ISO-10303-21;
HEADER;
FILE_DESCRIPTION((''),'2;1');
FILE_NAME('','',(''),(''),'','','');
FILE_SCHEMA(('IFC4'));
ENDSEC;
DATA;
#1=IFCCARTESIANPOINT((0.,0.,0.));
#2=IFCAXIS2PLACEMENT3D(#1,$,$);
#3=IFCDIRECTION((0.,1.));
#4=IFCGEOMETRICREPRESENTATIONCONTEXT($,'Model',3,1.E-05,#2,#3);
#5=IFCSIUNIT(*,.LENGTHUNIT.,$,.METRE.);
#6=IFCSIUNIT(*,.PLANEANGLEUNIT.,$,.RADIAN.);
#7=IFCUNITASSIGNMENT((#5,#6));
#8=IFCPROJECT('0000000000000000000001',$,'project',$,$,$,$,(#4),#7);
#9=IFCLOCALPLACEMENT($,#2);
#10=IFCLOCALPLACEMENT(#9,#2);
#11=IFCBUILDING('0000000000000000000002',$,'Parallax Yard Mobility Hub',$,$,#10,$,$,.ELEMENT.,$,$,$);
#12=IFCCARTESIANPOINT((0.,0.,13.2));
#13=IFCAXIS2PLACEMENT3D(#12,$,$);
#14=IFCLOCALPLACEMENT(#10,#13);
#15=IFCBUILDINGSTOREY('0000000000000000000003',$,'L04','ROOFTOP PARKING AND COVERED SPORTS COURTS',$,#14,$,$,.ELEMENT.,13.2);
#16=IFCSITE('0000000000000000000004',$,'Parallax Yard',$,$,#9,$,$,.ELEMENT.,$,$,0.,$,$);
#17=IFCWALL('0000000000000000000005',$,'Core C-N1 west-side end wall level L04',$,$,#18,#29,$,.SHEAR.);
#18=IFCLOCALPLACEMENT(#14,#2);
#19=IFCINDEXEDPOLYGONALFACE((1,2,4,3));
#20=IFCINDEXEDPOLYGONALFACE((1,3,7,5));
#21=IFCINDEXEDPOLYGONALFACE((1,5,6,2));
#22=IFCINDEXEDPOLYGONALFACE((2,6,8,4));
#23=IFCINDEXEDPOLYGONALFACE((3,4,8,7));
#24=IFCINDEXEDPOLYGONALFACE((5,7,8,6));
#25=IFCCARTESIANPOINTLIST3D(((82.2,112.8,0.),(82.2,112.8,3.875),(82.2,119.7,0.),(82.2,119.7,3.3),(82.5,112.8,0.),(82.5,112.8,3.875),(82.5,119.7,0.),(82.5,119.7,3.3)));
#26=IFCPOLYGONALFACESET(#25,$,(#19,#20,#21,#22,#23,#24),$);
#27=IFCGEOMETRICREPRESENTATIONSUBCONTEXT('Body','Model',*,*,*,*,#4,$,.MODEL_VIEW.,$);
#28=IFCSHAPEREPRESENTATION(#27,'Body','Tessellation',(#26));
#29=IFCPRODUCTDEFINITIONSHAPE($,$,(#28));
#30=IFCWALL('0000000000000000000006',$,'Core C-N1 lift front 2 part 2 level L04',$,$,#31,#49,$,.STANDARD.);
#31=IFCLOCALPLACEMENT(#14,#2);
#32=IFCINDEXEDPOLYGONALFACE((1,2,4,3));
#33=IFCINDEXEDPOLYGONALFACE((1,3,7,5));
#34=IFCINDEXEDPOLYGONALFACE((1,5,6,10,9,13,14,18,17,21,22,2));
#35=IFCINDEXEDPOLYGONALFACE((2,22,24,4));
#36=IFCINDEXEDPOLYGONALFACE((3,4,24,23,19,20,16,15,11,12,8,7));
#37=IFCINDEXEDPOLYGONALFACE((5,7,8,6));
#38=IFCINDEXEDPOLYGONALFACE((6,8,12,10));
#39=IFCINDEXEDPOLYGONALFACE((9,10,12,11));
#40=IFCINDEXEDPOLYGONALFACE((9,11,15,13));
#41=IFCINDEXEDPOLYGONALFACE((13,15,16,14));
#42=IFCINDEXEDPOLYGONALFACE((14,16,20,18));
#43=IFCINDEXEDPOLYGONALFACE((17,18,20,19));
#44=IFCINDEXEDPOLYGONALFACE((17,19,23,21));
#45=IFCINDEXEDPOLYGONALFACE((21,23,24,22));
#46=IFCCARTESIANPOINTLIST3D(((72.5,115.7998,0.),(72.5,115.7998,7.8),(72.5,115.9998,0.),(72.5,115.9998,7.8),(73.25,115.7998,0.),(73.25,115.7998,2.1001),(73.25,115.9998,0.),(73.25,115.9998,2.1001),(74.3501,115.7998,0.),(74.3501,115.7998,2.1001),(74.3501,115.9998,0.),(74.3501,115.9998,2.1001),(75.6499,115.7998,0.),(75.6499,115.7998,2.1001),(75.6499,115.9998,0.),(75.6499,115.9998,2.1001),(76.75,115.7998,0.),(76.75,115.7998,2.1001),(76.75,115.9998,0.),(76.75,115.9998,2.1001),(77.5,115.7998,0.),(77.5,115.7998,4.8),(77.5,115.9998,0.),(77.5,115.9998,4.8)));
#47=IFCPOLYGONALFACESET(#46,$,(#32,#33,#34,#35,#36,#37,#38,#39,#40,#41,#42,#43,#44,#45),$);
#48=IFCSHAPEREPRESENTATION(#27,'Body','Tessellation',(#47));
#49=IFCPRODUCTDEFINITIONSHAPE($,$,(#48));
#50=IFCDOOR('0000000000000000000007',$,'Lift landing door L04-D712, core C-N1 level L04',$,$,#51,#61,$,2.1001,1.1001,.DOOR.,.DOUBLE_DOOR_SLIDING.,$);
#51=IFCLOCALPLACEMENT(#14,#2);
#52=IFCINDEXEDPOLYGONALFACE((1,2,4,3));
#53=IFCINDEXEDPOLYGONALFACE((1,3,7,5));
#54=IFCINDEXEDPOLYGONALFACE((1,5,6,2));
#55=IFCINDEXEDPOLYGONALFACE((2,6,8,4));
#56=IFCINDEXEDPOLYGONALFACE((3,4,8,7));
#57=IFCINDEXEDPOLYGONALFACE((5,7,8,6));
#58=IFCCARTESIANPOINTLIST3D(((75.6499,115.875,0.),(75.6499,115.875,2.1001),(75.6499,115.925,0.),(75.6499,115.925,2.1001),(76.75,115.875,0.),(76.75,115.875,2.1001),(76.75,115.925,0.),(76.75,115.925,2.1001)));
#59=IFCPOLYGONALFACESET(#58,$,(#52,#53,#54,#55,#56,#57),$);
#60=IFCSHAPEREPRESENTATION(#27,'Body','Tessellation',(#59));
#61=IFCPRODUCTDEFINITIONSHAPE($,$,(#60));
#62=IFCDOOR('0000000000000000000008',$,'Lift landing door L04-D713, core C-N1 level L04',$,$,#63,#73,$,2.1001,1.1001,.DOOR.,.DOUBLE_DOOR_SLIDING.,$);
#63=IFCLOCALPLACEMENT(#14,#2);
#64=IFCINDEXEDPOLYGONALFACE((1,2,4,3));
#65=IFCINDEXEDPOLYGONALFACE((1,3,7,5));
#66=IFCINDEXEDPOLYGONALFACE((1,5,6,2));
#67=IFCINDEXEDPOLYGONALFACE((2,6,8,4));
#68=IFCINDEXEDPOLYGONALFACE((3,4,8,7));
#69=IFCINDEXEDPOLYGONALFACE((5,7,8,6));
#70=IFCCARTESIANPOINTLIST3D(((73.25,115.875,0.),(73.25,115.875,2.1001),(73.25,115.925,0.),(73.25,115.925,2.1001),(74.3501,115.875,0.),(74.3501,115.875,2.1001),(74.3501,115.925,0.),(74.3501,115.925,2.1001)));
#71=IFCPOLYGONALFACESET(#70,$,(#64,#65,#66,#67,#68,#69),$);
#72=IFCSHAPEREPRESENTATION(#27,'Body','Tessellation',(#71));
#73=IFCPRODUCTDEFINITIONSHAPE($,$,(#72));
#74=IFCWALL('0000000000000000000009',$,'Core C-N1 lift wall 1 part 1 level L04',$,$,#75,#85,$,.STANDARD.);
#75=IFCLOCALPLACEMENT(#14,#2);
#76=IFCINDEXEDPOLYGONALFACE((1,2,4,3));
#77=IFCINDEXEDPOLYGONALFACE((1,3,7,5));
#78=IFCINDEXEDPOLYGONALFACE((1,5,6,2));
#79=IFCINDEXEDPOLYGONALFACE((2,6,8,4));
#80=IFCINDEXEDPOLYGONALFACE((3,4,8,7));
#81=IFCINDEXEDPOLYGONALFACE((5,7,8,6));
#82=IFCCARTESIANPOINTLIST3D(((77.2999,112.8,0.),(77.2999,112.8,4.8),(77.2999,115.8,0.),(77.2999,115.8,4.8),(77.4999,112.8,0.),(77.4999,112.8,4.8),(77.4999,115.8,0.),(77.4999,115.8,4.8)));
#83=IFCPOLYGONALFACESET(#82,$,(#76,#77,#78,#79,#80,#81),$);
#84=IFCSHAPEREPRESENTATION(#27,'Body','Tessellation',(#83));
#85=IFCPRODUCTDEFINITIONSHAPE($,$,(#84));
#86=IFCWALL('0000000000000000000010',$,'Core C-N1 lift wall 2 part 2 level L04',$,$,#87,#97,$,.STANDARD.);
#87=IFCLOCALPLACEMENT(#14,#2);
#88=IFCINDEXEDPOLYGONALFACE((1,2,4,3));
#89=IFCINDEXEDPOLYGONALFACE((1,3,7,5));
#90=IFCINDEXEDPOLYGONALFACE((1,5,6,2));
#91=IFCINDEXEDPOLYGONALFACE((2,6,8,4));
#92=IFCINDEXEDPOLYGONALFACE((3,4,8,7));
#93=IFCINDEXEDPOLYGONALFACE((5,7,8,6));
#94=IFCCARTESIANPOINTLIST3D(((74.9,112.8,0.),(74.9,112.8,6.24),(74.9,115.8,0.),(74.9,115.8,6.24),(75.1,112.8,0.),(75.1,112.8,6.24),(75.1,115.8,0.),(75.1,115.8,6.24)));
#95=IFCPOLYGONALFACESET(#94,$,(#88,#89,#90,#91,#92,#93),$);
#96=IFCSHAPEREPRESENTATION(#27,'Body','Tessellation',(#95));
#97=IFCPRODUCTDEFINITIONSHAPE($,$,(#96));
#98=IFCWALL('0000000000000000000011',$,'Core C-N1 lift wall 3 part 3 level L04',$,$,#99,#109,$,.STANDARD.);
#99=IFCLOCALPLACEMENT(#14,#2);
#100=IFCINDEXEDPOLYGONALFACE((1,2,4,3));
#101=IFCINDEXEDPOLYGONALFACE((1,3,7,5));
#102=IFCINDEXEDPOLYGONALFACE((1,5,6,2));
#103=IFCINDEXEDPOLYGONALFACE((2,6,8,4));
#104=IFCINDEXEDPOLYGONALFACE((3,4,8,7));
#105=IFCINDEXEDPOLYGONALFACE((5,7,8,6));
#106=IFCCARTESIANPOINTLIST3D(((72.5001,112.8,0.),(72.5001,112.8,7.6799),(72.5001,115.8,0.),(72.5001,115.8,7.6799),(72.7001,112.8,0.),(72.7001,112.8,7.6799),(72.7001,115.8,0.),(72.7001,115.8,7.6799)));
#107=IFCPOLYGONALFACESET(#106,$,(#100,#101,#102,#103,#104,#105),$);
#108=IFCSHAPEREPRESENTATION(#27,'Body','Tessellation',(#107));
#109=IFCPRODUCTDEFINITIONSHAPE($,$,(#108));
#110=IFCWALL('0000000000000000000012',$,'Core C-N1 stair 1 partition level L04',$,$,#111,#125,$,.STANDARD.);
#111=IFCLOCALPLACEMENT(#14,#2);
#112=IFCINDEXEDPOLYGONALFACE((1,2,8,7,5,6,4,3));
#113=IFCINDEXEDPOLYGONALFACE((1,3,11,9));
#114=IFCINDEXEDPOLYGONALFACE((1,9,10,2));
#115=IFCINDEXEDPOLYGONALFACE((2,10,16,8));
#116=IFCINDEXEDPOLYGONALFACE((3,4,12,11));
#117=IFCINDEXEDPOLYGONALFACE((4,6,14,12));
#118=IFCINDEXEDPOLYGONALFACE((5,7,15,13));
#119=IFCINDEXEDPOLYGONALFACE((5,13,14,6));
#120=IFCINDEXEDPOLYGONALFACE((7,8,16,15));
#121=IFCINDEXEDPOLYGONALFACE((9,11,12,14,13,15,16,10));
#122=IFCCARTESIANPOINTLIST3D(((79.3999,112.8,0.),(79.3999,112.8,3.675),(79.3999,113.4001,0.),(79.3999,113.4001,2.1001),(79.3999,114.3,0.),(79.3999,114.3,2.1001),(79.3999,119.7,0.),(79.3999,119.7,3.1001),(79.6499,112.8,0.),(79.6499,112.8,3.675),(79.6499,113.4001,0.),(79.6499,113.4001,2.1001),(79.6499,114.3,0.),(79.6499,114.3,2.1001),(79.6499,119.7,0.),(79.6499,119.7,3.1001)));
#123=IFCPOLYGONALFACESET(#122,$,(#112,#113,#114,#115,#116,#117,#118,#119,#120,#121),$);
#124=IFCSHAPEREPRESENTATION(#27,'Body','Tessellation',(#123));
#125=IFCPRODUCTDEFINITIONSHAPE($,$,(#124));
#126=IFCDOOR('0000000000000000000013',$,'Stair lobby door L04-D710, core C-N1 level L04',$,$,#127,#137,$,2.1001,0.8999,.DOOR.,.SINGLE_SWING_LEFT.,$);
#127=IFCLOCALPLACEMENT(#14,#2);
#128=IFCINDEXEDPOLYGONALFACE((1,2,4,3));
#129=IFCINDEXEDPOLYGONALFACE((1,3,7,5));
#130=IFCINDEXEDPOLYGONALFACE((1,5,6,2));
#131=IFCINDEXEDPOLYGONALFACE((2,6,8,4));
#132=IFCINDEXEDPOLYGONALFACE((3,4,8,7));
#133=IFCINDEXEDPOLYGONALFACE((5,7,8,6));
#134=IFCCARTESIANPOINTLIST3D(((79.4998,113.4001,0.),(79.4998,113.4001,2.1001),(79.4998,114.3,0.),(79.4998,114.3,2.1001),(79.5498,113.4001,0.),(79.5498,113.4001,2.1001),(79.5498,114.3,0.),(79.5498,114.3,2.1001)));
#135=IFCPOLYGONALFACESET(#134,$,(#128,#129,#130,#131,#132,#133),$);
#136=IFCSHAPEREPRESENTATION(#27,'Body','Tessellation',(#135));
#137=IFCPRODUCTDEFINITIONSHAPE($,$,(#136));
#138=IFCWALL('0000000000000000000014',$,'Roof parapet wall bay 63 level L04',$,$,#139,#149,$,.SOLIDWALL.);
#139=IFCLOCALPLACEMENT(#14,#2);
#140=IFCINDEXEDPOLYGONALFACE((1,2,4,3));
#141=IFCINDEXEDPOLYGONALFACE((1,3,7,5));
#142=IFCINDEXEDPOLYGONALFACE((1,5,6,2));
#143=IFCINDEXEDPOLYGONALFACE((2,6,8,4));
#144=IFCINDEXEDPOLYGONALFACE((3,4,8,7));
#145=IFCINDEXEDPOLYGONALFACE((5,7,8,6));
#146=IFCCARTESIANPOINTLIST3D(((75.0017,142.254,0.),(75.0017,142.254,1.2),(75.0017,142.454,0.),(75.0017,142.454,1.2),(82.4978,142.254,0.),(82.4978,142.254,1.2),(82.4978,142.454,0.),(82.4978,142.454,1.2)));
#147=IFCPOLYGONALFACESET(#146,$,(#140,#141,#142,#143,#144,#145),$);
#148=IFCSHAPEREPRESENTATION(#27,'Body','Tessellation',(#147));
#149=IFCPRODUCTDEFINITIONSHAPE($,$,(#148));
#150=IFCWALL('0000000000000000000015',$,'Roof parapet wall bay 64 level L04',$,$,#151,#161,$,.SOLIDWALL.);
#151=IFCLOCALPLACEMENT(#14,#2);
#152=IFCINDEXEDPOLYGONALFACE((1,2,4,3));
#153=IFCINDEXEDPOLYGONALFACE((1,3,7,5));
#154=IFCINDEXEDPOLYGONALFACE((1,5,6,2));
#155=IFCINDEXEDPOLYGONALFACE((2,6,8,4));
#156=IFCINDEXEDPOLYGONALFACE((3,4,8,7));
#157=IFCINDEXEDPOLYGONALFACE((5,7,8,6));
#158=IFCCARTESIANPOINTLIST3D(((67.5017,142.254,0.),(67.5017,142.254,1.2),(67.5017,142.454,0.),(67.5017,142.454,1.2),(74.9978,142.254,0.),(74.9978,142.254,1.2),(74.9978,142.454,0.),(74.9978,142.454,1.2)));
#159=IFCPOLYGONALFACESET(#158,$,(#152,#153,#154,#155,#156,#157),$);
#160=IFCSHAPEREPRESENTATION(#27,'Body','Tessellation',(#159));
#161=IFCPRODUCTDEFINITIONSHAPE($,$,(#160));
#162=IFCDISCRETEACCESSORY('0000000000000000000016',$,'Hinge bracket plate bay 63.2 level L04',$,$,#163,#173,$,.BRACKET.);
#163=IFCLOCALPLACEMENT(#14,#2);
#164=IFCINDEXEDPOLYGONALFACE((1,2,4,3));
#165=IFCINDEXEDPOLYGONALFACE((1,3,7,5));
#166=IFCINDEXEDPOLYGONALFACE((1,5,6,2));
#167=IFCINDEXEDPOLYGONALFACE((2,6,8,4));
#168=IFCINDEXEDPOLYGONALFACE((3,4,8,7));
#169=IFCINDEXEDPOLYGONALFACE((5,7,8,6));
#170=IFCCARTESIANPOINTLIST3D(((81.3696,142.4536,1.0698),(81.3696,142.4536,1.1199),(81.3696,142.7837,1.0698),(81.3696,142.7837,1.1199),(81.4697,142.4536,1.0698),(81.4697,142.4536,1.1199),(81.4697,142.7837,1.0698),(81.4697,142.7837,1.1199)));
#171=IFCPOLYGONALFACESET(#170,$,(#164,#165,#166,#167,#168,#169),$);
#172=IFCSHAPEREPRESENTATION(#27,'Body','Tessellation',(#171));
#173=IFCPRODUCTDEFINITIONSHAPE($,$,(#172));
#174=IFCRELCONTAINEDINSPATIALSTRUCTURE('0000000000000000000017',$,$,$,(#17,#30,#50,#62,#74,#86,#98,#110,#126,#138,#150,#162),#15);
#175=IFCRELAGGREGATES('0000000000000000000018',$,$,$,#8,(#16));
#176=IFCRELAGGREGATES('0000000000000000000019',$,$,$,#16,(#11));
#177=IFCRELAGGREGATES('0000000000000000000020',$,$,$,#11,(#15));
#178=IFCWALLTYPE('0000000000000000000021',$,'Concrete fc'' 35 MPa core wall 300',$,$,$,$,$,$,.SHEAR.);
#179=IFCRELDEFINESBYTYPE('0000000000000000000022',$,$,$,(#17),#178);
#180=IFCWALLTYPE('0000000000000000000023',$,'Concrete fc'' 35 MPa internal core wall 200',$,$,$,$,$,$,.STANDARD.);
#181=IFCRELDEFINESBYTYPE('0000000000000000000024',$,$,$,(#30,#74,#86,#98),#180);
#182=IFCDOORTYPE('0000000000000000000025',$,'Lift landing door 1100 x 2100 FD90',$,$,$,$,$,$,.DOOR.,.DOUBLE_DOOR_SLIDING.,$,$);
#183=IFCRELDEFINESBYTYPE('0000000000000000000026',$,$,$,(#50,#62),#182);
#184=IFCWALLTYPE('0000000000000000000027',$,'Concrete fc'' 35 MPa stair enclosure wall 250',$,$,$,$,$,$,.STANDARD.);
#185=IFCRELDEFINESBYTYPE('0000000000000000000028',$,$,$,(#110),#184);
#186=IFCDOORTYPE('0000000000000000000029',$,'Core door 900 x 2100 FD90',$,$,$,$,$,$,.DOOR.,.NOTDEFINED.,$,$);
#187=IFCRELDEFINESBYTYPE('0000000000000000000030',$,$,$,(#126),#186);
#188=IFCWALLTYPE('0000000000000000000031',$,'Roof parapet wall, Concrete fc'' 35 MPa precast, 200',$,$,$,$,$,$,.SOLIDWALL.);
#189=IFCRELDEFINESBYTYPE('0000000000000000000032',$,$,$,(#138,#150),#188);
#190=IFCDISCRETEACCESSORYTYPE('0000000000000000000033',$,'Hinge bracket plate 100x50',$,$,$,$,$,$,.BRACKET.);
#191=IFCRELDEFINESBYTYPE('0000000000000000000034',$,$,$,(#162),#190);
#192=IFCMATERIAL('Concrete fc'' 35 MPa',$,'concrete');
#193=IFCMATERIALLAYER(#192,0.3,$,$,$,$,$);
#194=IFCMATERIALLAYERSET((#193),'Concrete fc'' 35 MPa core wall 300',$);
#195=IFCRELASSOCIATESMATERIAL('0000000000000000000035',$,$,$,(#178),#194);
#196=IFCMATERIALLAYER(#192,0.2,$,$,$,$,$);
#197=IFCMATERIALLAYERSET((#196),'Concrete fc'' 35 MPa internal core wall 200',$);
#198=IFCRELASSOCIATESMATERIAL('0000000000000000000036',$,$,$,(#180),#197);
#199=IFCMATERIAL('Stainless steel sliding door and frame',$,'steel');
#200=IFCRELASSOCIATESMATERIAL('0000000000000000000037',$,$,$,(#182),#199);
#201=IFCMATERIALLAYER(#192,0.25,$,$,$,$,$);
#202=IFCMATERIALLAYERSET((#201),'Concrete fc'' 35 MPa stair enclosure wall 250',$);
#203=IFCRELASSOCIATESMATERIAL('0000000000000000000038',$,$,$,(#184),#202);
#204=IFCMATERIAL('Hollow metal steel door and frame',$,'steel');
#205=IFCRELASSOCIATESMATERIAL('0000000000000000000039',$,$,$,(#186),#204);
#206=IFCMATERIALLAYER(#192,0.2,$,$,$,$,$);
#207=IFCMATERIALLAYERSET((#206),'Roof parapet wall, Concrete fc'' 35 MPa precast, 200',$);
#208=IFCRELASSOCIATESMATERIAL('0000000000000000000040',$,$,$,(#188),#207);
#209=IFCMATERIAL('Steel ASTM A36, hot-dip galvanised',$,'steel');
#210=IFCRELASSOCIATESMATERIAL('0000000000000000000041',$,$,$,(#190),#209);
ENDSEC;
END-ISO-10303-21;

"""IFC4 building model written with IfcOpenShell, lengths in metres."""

from ifc_helpers import new_model, si_unit, direction, frame, frame_2d, origin, origin_2d, place, context, subcontext, project, spatial, polyline, rectangle, outline, extrude, material, layer, layer_set, type_object, element, fill, save


model = new_model("IFC4")

# Units and contexts
model_context = context("Model", 3, precision=1e-05, world=origin(), true_north=direction((0.0, 1.0)))
body_context = subcontext(model_context, "Body", "Model", "MODEL_VIEW")
ifc_project = project(units=[si_unit("LENGTHUNIT", "METRE"), si_unit("PLANEANGLEUNIT", "RADIAN")], contexts=[model_context])

# Site, building, storey
site_placement = place(None, origin())
site = spatial("IfcSite", under=ifc_project, at=site_placement, Name="Parallax Yard", CompositionType="ELEMENT", RefElevation=0.0)
building_placement = place(site_placement, origin())
building = spatial("IfcBuilding", under=site, at=building_placement, Name="Parallax Yard Mobility Hub", CompositionType="ELEMENT")
storey_placement = place(building_placement, frame((0.0, 0.0, 13.2)))
storey = spatial("IfcBuildingStorey", under=building, at=storey_placement, Name="L04", Description="ROOFTOP PARKING AND COVERED SPORTS COURTS", CompositionType="ELEMENT", Elevation=13.2)

# Wall
ifc_material_1 = material(Name="Concrete fc' 35 MPa", Category="concrete")
ifc_layer_1 = layer(ifc_material_1, 0.3)
ifc_layer_set_1 = layer_set([ifc_layer_1], Name="Concrete fc' 35 MPa core wall 300")
wall_type_1 = type_object("IfcWallType", Name="Concrete fc' 35 MPa core wall 300", PredefinedType="SHEAR", material=ifc_layer_set_1)
wall_1_placement = place(storey_placement, frame((82.3501, 119.7, 0.0), z_axis=(0.0, 0.0, 1.0), x_axis=(0.0, -1.0, 0.0)))
element("IfcWall", 1, at=wall_1_placement, inside=storey, type_object=wall_type_1, Name="Core C-N1 west-side end wall level L04", PredefinedType="SHEAR", context=body_context, shape_type="SweptSolid", body=[
    extrude(outline(polyline([(0.0, 0.0), (6.8999, 0.0), (6.8999, 3.875), (0.0, 3.3), (0.0, 0.0)])), frame((0.0, 0.1499, 0.0), z_axis=(0.0, -1.0, 0.0), x_axis=(1.0, 0.0, 0.0)), (0.0, 0.0, 1.0), 0.3),
])

# Wall, openings, doors
ifc_layer_2 = layer(ifc_material_1, 0.2)
ifc_layer_set_2 = layer_set([ifc_layer_2], Name="Concrete fc' 35 MPa internal core wall 200")
wall_type_2 = type_object("IfcWallType", Name="Concrete fc' 35 MPa internal core wall 200", PredefinedType="STANDARD", material=ifc_layer_set_2)
wall_2_placement = place(storey_placement, frame((77.5, 115.8999, 0.0), z_axis=(0.0, 0.0, 1.0), x_axis=(-1.0, 0.0, 0.0)))
wall_2 = element("IfcWall", 2, at=wall_2_placement, inside=storey, type_object=wall_type_2, Name="Core C-N1 lift front 2 part 2 level L04", PredefinedType="STANDARD", context=body_context, shape_type="SweptSolid", body=[
    extrude(outline(polyline([(0.0, 0.0), (5.0, 0.0), (5.0, 7.8), (0.0, 4.8), (0.0, 0.0)])), frame((0.0, 0.1001, 0.0), z_axis=(0.0, -1.0, 0.0), x_axis=(1.0, 0.0, 0.0)), (0.0, 0.0, 1.0), 0.2),
])
opening_1_placement = place(wall_2_placement, frame((0.75, 0.0, 0.0)))
opening_1 = element("IfcOpeningElement", 3, at=opening_1_placement, cuts=wall_2, PredefinedType="OPENING", context=body_context, shape_type="SweptSolid", body=[
    extrude(rectangle(XDim=1.1001, YDim=2.1001, at=frame_2d((0.55, 1.05))), frame((0.0, 0.1099, 0.0), z_axis=(0.0, -1.0, 0.0), x_axis=(1.0, 0.0, 0.0)), (0.0, 0.0, 1.0), 0.22),
])
opening_2_placement = place(wall_2_placement, frame((3.1499, 0.0, 0.0)))
opening_2 = element("IfcOpeningElement", 4, at=opening_2_placement, cuts=wall_2, PredefinedType="OPENING", context=body_context, shape_type="SweptSolid", body=[
    extrude(rectangle(XDim=1.1001, YDim=2.1001, at=frame_2d((0.55, 1.05))), frame((0.0, 0.1099, 0.0), z_axis=(0.0, -1.0, 0.0), x_axis=(1.0, 0.0, 0.0)), (0.0, 0.0, 1.0), 0.22),
])
ifc_material_2 = material(Name="Stainless steel sliding door and frame", Category="steel")
door_type_1 = type_object("IfcDoorType", Name="Lift landing door 1100 x 2100 FD90", OperationType="DOUBLE_DOOR_SLIDING", PredefinedType="DOOR", material=ifc_material_2)
door_1_placement = place(opening_1_placement, origin())
door_1 = element("IfcDoor", 5, at=door_1_placement, inside=storey, type_object=door_type_1, Name="Lift landing door L04-D712, core C-N1 level L04", OperationType="DOUBLE_DOOR_SLIDING", OverallHeight=2.1001, OverallWidth=1.1001, PredefinedType="DOOR", context=body_context, shape_type="SweptSolid", body=[
    extrude(rectangle(XDim=1.1001, YDim=2.1001, at=frame_2d((0.55, 1.05))), frame((0.0, 0.0249, 0.0), z_axis=(0.0, -1.0, 0.0), x_axis=(1.0, 0.0, 0.0)), (0.0, 0.0, 1.0), 0.05),
])
fill(opening_1, door_1)
door_2_placement = place(opening_2_placement, origin())
door_2 = element("IfcDoor", 6, at=door_2_placement, inside=storey, type_object=door_type_1, Name="Lift landing door L04-D713, core C-N1 level L04", OperationType="DOUBLE_DOOR_SLIDING", OverallHeight=2.1001, OverallWidth=1.1001, PredefinedType="DOOR", context=body_context, shape_type="SweptSolid", body=[
    extrude(rectangle(XDim=1.1001, YDim=2.1001, at=frame_2d((0.55, 1.05))), frame((0.0, 0.0249, 0.0), z_axis=(0.0, -1.0, 0.0), x_axis=(1.0, 0.0, 0.0)), (0.0, 0.0, 1.0), 0.05),
])
fill(opening_2, door_2)

# Walls
wall_3_placement = place(storey_placement, frame((77.3999, 115.8, 0.0), z_axis=(0.0, 0.0, 1.0), x_axis=(0.0, -1.0, 0.0)))
element("IfcWall", 7, at=wall_3_placement, inside=storey, type_object=wall_type_2, Name="Core C-N1 lift wall 1 part 1 level L04", PredefinedType="STANDARD", context=body_context, shape_type="SweptSolid", body=[
    extrude(rectangle(XDim=3.0, YDim=0.2, at=frame_2d((1.5, 0.0))), origin(), (0.0, 0.0, 1.0), 4.8),
])
wall_4_placement = place(storey_placement, frame((75.0, 115.8, 0.0), z_axis=(0.0, 0.0, 1.0), x_axis=(0.0, -1.0, 0.0)))
element("IfcWall", 8, at=wall_4_placement, inside=storey, type_object=wall_type_2, Name="Core C-N1 lift wall 2 part 2 level L04", PredefinedType="STANDARD", context=body_context, shape_type="SweptSolid", body=[
    extrude(rectangle(XDim=3.0, YDim=0.2, at=frame_2d((1.5, 0.0))), origin(), (0.0, 0.0, 1.0), 6.24),
])
wall_5_placement = place(storey_placement, frame((72.6001, 115.8, 0.0), z_axis=(0.0, 0.0, 1.0), x_axis=(0.0, -1.0, 0.0)))
element("IfcWall", 9, at=wall_5_placement, inside=storey, type_object=wall_type_2, Name="Core C-N1 lift wall 3 part 3 level L04", PredefinedType="STANDARD", context=body_context, shape_type="SweptSolid", body=[
    extrude(rectangle(XDim=3.0, YDim=0.2, at=frame_2d((1.5, 0.0))), origin(), (0.0, 0.0, 1.0), 7.6799),
])

# Wall, opening, door
ifc_layer_3 = layer(ifc_material_1, 0.25)
ifc_layer_set_3 = layer_set([ifc_layer_3], Name="Concrete fc' 35 MPa stair enclosure wall 250")
wall_type_3 = type_object("IfcWallType", Name="Concrete fc' 35 MPa stair enclosure wall 250", PredefinedType="STANDARD", material=ifc_layer_set_3)
wall_6_placement = place(storey_placement, frame((79.5249, 119.7, 0.0), z_axis=(0.0, 0.0, 1.0), x_axis=(0.0, -1.0, 0.0)))
wall_6 = element("IfcWall", 10, at=wall_6_placement, inside=storey, type_object=wall_type_3, Name="Core C-N1 stair 1 partition level L04", PredefinedType="STANDARD", context=body_context, shape_type="SweptSolid", body=[
    extrude(outline(polyline([(0.0, 0.0), (6.8999, 0.0), (6.8999, 3.675), (0.0, 3.1001), (0.0, 0.0)])), frame((0.0, 0.125, 0.0), z_axis=(0.0, -1.0, 0.0), x_axis=(1.0, 0.0, 0.0)), (0.0, 0.0, 1.0), 0.25),
])
opening_3_placement = place(wall_6_placement, frame((5.3999, 0.0, 0.0)))
opening_3 = element("IfcOpeningElement", 11, at=opening_3_placement, cuts=wall_6, PredefinedType="OPENING", context=body_context, shape_type="SweptSolid", body=[
    extrude(rectangle(XDim=0.8999, YDim=2.1001, at=frame_2d((0.45, 1.05))), frame((0.0, 0.135, 0.0), z_axis=(0.0, -1.0, 0.0), x_axis=(1.0, 0.0, 0.0)), (0.0, 0.0, 1.0), 0.27),
])
ifc_material_3 = material(Name="Hollow metal steel door and frame", Category="steel")
door_type_2 = type_object("IfcDoorType", Name="Core door 900 x 2100 FD90", OperationType="NOTDEFINED", PredefinedType="DOOR", material=ifc_material_3)
door_3_placement = place(opening_3_placement, origin())
door_3 = element("IfcDoor", 12, at=door_3_placement, inside=storey, type_object=door_type_2, Name="Stair lobby door L04-D710, core C-N1 level L04", OperationType="SINGLE_SWING_LEFT", OverallHeight=2.1001, OverallWidth=0.8999, PredefinedType="DOOR", context=body_context, shape_type="SweptSolid", body=[
    extrude(rectangle(XDim=0.8999, YDim=2.1001, at=frame_2d((0.45, 1.05))), frame((0.0, 0.0249, 0.0), z_axis=(0.0, -1.0, 0.0), x_axis=(1.0, 0.0, 0.0)), (0.0, 0.0, 1.0), 0.05),
])
fill(opening_3, door_3)

# Walls
ifc_layer_4 = layer(ifc_material_1, 0.2)
ifc_layer_set_4 = layer_set([ifc_layer_4], Name="Roof parapet wall, Concrete fc' 35 MPa precast, 200")
wall_type_4 = type_object("IfcWallType", Name="Roof parapet wall, Concrete fc' 35 MPa precast, 200", PredefinedType="SOLIDWALL", material=ifc_layer_set_4)
for number, where, z_axis, x_axis, name in (
    (13, (82.4978, 142.354, 0.0), (0.0, 0.0, 1.0), (-1.0, 0.0, 0.0), "Roof parapet wall bay 63 level L04"),
    (14, (74.9978, 142.354, 0.0), (0.0, 0.0, 1.0), (-1.0, 0.0, 0.0), "Roof parapet wall bay 64 level L04"),
):
    element("IfcWall", number, at=place(storey_placement, frame(where, z_axis=z_axis, x_axis=x_axis)), inside=storey, type_object=wall_type_4, Name=name, PredefinedType="SOLIDWALL", context=body_context, shape_type="SweptSolid", body=[
        extrude(rectangle(XDim=7.4961, YDim=0.2, at=frame_2d((3.748, 0.0))), origin(), (0.0, 0.0, 1.0), 1.2),
    ])

# Discrete accessory
ifc_material_4 = material(Name="Steel ASTM A36, hot-dip galvanised", Category="steel")
discrete_accessory_type = type_object("IfcDiscreteAccessoryType", Name="Hinge bracket plate 100x50", PredefinedType="BRACKET", material=ifc_material_4)
for number, where, z_axis, x_axis, name in (
    (15, (81.4197, 142.6187, 1.0698), (0.0, 0.0, 1.0), (0.0, 1.0, 0.0), "Hinge bracket plate bay 63.2 level L04"),
):
    element("IfcDiscreteAccessory", number, at=place(storey_placement, frame(where, z_axis=z_axis, x_axis=x_axis)), inside=storey, type_object=discrete_accessory_type, Name=name, PredefinedType="BRACKET", context=body_context, shape_type="SweptSolid", body=[
        extrude(rectangle(XDim=0.3301, YDim=0.1001, at=origin_2d()), origin(), (0.0, 0.0, 1.0), 0.05),
    ])

save(model, "model.ifc")
